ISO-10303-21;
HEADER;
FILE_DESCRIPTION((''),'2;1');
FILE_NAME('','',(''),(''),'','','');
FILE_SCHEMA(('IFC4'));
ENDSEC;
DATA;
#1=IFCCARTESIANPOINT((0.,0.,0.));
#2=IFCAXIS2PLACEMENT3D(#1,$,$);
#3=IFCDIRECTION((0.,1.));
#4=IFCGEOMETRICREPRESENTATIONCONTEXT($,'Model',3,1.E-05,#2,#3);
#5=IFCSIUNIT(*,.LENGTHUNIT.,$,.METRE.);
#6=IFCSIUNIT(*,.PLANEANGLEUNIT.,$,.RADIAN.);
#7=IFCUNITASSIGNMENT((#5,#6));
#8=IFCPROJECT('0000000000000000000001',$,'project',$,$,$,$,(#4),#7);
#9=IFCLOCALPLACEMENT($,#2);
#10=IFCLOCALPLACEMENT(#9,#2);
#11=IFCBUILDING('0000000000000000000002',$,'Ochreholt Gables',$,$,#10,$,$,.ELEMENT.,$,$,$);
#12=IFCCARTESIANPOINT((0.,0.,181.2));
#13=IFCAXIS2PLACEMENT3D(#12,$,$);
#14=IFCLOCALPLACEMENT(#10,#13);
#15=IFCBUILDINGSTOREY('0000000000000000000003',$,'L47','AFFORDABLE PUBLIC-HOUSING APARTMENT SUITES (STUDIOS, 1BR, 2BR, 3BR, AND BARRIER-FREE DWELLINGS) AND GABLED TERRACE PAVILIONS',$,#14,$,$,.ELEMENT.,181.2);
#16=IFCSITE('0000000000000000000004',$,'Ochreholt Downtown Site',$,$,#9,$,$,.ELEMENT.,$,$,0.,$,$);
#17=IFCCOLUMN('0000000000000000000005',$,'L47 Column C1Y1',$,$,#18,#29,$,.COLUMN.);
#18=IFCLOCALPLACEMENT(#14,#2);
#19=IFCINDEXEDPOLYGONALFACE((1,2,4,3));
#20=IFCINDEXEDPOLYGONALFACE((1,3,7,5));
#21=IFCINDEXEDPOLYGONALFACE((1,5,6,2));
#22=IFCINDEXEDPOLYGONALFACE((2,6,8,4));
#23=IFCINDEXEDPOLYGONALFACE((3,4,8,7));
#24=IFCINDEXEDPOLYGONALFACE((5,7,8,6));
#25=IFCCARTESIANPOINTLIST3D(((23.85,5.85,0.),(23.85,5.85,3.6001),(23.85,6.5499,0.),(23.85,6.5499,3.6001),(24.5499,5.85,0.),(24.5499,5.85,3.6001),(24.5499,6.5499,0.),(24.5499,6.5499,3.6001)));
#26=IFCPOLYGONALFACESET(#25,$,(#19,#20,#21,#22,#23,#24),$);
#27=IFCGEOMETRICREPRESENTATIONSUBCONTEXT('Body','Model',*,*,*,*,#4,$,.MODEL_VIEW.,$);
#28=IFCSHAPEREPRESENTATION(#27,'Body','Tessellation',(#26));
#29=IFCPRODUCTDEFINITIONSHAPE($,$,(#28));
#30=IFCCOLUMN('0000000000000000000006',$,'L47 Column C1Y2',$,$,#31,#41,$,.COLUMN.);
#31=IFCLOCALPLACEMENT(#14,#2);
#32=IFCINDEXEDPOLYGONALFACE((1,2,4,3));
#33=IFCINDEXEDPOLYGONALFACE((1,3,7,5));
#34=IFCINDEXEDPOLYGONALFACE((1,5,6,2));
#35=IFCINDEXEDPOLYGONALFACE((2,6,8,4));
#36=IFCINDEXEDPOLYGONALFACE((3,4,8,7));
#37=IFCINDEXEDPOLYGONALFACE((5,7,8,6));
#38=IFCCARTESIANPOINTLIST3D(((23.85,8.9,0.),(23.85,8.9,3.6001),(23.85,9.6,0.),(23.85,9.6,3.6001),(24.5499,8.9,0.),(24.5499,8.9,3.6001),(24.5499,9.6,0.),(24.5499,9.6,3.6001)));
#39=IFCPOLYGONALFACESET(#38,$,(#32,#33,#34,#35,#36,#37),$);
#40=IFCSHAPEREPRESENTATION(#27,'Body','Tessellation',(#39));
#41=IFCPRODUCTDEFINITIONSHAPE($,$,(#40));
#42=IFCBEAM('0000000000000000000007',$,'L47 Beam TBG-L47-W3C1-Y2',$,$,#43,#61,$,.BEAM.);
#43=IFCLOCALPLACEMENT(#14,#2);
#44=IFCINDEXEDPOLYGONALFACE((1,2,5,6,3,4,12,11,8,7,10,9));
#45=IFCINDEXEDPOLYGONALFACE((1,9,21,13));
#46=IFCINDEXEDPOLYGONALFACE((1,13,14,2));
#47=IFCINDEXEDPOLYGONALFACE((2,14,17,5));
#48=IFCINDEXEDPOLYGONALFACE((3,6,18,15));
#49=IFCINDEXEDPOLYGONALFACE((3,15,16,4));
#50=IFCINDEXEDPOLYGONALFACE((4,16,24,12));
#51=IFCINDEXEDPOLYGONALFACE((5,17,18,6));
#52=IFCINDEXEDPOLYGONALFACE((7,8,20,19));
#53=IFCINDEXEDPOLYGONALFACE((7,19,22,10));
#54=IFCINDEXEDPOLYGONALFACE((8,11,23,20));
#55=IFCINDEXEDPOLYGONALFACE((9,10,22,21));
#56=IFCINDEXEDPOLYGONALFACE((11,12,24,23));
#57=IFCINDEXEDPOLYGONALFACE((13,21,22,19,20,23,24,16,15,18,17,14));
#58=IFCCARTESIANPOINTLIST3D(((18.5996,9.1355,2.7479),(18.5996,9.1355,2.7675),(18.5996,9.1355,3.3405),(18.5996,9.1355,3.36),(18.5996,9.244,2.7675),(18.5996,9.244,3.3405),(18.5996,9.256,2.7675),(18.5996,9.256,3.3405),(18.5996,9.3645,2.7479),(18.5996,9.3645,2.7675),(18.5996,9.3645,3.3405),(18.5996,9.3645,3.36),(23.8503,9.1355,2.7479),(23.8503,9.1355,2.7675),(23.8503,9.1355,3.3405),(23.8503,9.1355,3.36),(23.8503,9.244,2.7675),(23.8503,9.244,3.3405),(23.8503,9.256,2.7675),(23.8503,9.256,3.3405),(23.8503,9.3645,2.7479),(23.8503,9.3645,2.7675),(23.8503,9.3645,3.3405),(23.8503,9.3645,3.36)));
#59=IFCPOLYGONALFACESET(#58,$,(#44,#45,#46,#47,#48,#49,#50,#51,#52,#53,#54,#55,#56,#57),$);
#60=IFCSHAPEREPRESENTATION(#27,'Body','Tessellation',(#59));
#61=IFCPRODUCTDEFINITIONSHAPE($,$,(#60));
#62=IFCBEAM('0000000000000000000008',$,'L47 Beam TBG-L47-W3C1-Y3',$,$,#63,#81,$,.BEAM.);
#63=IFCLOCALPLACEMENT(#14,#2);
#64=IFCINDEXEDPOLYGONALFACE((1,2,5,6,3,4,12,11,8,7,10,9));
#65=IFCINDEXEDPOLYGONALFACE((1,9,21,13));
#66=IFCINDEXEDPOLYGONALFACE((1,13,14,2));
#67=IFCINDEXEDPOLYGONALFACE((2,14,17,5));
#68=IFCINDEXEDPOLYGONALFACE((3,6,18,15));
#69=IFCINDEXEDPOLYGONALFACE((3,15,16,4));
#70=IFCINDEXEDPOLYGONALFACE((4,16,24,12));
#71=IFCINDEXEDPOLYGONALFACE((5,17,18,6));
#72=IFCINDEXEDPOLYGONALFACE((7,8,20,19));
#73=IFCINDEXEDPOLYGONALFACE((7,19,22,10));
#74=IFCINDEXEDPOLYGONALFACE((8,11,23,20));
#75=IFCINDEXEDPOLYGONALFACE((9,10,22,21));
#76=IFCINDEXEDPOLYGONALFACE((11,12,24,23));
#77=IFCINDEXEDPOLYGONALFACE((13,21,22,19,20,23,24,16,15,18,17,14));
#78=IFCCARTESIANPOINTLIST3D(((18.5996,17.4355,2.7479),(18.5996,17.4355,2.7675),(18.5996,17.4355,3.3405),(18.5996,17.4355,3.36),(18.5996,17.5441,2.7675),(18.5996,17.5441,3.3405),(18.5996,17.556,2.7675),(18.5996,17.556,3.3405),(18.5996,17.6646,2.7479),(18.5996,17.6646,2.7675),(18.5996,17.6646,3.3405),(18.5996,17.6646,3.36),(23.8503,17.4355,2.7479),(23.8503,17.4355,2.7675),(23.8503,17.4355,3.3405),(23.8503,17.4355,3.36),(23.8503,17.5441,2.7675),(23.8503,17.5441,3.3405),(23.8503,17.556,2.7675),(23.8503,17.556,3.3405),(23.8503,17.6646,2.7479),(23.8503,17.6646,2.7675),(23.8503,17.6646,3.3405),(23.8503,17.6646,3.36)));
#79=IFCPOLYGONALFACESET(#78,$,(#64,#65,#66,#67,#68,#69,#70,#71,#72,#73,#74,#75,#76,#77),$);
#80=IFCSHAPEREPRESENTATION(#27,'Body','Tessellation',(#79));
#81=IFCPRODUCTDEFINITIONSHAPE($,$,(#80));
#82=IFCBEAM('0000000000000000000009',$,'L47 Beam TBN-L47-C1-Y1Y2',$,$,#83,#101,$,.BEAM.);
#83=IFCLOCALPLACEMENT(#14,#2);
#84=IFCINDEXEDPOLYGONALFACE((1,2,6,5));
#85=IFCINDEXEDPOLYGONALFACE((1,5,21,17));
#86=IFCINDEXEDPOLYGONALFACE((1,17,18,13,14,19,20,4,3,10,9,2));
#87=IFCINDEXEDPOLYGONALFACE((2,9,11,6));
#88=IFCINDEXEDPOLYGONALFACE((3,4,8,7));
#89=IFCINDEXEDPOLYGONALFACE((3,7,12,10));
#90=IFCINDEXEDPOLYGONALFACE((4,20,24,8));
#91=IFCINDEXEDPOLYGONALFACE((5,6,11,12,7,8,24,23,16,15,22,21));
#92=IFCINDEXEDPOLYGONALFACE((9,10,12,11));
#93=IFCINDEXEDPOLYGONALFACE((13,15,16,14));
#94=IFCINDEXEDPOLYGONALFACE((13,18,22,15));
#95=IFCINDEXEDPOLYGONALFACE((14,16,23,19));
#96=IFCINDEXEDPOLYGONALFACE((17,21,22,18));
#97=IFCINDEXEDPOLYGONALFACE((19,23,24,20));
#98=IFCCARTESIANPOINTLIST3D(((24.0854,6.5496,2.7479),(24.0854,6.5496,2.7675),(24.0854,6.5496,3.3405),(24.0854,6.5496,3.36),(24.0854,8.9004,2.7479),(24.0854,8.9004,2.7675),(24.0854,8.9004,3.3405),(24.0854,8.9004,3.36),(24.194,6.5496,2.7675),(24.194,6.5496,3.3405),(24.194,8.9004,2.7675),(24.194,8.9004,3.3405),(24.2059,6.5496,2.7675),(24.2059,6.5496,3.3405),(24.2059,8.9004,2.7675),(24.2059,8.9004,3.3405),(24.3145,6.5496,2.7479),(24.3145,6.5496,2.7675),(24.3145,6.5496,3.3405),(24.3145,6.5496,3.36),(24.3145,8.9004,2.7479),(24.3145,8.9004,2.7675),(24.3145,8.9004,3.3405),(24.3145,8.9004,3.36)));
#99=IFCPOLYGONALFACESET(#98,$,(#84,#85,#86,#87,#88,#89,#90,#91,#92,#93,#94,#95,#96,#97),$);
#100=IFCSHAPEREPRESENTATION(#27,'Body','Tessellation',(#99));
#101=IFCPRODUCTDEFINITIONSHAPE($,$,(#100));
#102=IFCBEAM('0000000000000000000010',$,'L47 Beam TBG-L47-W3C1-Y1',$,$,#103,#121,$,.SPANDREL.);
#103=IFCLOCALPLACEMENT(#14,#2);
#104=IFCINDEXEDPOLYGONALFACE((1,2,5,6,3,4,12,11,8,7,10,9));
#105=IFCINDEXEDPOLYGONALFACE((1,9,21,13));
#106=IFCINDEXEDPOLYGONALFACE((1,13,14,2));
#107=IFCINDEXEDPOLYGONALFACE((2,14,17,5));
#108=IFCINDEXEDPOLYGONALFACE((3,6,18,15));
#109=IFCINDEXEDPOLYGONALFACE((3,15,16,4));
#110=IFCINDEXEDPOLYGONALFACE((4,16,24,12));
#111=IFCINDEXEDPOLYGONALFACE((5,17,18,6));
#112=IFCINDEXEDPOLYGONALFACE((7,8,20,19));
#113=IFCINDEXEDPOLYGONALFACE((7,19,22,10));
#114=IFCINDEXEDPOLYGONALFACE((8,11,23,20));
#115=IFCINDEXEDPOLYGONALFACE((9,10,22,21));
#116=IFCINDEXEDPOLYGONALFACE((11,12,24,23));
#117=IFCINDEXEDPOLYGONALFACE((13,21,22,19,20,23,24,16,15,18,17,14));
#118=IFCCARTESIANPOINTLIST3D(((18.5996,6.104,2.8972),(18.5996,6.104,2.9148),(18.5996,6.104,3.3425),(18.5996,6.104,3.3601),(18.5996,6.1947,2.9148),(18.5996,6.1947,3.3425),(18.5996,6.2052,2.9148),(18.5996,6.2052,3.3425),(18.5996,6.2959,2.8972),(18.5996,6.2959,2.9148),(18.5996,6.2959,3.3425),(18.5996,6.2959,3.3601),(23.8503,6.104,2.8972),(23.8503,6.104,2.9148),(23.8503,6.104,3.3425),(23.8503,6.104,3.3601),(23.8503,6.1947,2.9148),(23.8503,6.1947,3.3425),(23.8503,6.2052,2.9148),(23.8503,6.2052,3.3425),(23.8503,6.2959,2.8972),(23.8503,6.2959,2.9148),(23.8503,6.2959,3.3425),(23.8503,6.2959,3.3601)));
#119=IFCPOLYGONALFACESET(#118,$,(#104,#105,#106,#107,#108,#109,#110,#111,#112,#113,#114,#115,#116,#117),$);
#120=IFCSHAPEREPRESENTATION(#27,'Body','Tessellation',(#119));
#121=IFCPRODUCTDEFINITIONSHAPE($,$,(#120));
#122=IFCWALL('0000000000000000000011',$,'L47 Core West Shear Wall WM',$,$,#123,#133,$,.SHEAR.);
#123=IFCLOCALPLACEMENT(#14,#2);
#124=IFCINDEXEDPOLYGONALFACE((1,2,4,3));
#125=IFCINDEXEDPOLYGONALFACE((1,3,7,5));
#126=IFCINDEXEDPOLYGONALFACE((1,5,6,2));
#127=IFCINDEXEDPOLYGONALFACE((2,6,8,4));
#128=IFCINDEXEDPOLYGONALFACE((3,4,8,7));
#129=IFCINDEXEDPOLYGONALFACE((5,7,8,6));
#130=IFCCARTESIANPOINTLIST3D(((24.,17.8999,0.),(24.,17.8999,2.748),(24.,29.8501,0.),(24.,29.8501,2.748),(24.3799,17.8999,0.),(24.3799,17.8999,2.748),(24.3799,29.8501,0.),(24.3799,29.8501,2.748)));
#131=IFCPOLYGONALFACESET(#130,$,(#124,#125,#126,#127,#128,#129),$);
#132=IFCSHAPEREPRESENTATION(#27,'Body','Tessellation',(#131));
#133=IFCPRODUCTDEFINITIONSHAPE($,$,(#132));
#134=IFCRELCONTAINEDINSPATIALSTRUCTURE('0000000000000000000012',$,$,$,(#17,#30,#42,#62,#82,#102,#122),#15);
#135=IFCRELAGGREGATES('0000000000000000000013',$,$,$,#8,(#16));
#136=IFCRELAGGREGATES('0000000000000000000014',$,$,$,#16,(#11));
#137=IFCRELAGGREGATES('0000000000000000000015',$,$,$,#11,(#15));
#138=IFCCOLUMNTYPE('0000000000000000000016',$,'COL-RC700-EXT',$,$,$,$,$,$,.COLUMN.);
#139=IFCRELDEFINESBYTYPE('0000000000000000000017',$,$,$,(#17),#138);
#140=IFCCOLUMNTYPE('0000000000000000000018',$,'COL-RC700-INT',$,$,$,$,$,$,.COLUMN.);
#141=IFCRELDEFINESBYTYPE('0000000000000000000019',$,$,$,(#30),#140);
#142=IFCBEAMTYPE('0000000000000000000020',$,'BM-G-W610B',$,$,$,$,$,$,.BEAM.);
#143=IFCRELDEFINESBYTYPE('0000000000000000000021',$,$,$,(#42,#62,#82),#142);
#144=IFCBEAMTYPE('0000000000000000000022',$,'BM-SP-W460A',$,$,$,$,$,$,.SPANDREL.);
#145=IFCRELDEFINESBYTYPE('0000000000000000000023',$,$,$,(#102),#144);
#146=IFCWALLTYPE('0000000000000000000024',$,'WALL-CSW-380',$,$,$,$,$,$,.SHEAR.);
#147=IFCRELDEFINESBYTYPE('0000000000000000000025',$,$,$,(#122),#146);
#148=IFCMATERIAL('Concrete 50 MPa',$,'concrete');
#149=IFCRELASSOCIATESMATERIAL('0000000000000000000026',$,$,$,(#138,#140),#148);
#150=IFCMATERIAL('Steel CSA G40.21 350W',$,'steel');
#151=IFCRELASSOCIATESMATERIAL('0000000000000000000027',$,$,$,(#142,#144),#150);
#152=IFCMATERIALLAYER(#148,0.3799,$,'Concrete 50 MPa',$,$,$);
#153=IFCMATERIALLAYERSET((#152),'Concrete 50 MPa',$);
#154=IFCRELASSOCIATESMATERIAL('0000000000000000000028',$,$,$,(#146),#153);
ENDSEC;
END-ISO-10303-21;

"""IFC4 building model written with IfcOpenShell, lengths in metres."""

from ifc_helpers import new_model, si_unit, direction, frame, frame_2d, origin, origin_2d, place, context, subcontext, project, spatial, rectangle, i_section, extrude, material, layer, layer_set, material_profile, profile_set, type_object, element, save


model = new_model("IFC4")

# Units and contexts
model_context = context("Model", 3, precision=1e-05, world=origin(), true_north=direction((0.0, 1.0)))
body_context = subcontext(model_context, "Body", "Model", "MODEL_VIEW")
ifc_project = project(units=[si_unit("LENGTHUNIT", "METRE"), si_unit("PLANEANGLEUNIT", "RADIAN")], contexts=[model_context])

# Site, building, storey
site_placement = place(None, origin())
site = spatial("IfcSite", under=ifc_project, at=site_placement, Name="Ochreholt Downtown Site", CompositionType="ELEMENT", RefElevation=0.0)
building_placement = place(site_placement, origin())
building = spatial("IfcBuilding", under=site, at=building_placement, Name="Ochreholt Gables", CompositionType="ELEMENT")
storey_placement = place(building_placement, frame((0.0, 0.0, 181.2)))
storey = spatial("IfcBuildingStorey", under=building, at=storey_placement, Name="L47", Description="AFFORDABLE PUBLIC-HOUSING APARTMENT SUITES (STUDIOS, 1BR, 2BR, 3BR, AND BARRIER-FREE DWELLINGS) AND GABLED TERRACE PAVILIONS", CompositionType="ELEMENT", Elevation=181.2)

# Columns
ifc_material_1 = material(Name="Concrete 50 MPa", Category="concrete")
ifc_material_profile_1 = material_profile(ifc_material_1, rectangle(XDim=0.7, YDim=0.7, at=origin_2d()), Name="RC700X700")
ifc_profile_set_1 = profile_set([ifc_material_profile_1], Name="Concrete 50 MPa")
column_type_1 = type_object("IfcColumnType", Name="COL-RC700-EXT", PredefinedType="COLUMN", material=ifc_profile_set_1)
column_1_placement = place(storey_placement, frame((24.2, 6.2, 0.0), z_axis=(0.0, 0.0, 1.0), x_axis=(1.0, 0.0, 0.0)))
element("IfcColumn", 1, at=column_1_placement, inside=storey, type_object=column_type_1, Name="L47 Column C1Y1", PredefinedType="COLUMN", context=body_context, shape_type="SweptSolid", body=[
    extrude(rectangle(XDim=0.7, YDim=0.7, at=origin_2d()), origin(), (0.0, 0.0, 1.0), 3.6001),
])
ifc_material_profile_2 = material_profile(ifc_material_1, rectangle(XDim=0.7, YDim=0.7, at=origin_2d()), Name="RC700X700")
ifc_profile_set_2 = profile_set([ifc_material_profile_2], Name="Concrete 50 MPa")
column_type_2 = type_object("IfcColumnType", Name="COL-RC700-INT", PredefinedType="COLUMN", material=ifc_profile_set_2)
column_2_placement = place(storey_placement, frame((24.2, 9.25, 0.0), z_axis=(0.0, 0.0, 1.0), x_axis=(1.0, 0.0, 0.0)))
element("IfcColumn", 2, at=column_2_placement, inside=storey, type_object=column_type_2, Name="L47 Column C1Y2", PredefinedType="COLUMN", context=body_context, shape_type="SweptSolid", body=[
    extrude(rectangle(XDim=0.7, YDim=0.7, at=origin_2d()), origin(), (0.0, 0.0, 1.0), 3.6001),
])

# Beams
ifc_material_2 = material(Name="Steel CSA G40.21 350W", Category="steel")
ifc_material_profile_3 = material_profile(ifc_material_2, i_section(OverallWidth=0.229, OverallDepth=0.6121, WebThickness=0.012, FlangeThickness=0.0195, at=origin_2d()), Name="W610X125")
ifc_profile_set_3 = profile_set([ifc_material_profile_3], Name="Steel CSA G40.21 350W")
beam_type_1 = type_object("IfcBeamType", Name="BM-G-W610B", PredefinedType="BEAM", material=ifc_profile_set_3)
for number, where, z_axis, x_axis, name in (
    (3, (18.5996, 9.25, 3.054), (1.0, 0.0, 0.0), (0.0, 1.0, 0.0), "L47 Beam TBG-L47-W3C1-Y2"),
    (4, (18.5996, 17.55, 3.054), (1.0, 0.0, 0.0), (0.0, 1.0, 0.0), "L47 Beam TBG-L47-W3C1-Y3"),
):
    element("IfcBeam", number, at=place(storey_placement, frame(where, z_axis=z_axis, x_axis=x_axis)), inside=storey, type_object=beam_type_1, Name=name, PredefinedType="BEAM", context=body_context, shape_type="SweptSolid", body=[
        extrude(i_section(OverallWidth=0.229, OverallDepth=0.6121, WebThickness=0.012, FlangeThickness=0.0195, at=origin_2d()), origin(), (0.0, 0.0, 1.0), 5.2507),
    ])
beam_1_placement = place(storey_placement, frame((24.2, 6.5496, 3.054), z_axis=(0.0, 1.0, 0.0), x_axis=(-1.0, 0.0, 0.0)))
element("IfcBeam", 5, at=beam_1_placement, inside=storey, type_object=beam_type_1, Name="L47 Beam TBN-L47-C1-Y1Y2", PredefinedType="BEAM", context=body_context, shape_type="SweptSolid", body=[
    extrude(i_section(OverallWidth=0.229, OverallDepth=0.6121, WebThickness=0.012, FlangeThickness=0.0195, at=origin_2d()), origin(), (0.0, 0.0, 1.0), 2.3508),
])
ifc_material_profile_4 = material_profile(ifc_material_2, i_section(OverallWidth=0.1919, OverallDepth=0.4629, WebThickness=0.0105, FlangeThickness=0.0176, at=origin_2d()), Name="W460X89")
ifc_profile_set_4 = profile_set([ifc_material_profile_4], Name="Steel CSA G40.21 350W")
beam_type_2 = type_object("IfcBeamType", Name="BM-SP-W460A", PredefinedType="SPANDREL", material=ifc_profile_set_4)
beam_2_placement = place(storey_placement, frame((18.5996, 6.2, 3.1287), z_axis=(1.0, 0.0, 0.0), x_axis=(0.0, 1.0, 0.0)))
element("IfcBeam", 6, at=beam_2_placement, inside=storey, type_object=beam_type_2, Name="L47 Beam TBG-L47-W3C1-Y1", PredefinedType="SPANDREL", context=body_context, shape_type="SweptSolid", body=[
    extrude(i_section(OverallWidth=0.1919, OverallDepth=0.4629, WebThickness=0.0105, FlangeThickness=0.0176, at=origin_2d()), origin(), (0.0, 0.0, 1.0), 5.2507),
])

# Wall
ifc_layer_1 = layer(ifc_material_1, 0.3799, Name="Concrete 50 MPa")
ifc_layer_set_1 = layer_set([ifc_layer_1], Name="Concrete 50 MPa")
wall_type_1 = type_object("IfcWallType", Name="WALL-CSW-380", PredefinedType="SHEAR", material=ifc_layer_set_1)
wall_1_placement = place(storey_placement, frame((24.1899, 17.8999, 0.0), z_axis=(0.0, 0.0, 1.0), x_axis=(0.0, 1.0, 0.0)))
element("IfcWall", 7, at=wall_1_placement, inside=storey, type_object=wall_type_1, Name="L47 Core West Shear Wall WM", PredefinedType="SHEAR", context=body_context, shape_type="SweptSolid", body=[
    extrude(rectangle(XDim=11.9502, YDim=0.3799, at=frame_2d((5.9751, 0.0))), origin(), (0.0, 0.0, 1.0), 2.748),
])

save(model, "model.ifc")
